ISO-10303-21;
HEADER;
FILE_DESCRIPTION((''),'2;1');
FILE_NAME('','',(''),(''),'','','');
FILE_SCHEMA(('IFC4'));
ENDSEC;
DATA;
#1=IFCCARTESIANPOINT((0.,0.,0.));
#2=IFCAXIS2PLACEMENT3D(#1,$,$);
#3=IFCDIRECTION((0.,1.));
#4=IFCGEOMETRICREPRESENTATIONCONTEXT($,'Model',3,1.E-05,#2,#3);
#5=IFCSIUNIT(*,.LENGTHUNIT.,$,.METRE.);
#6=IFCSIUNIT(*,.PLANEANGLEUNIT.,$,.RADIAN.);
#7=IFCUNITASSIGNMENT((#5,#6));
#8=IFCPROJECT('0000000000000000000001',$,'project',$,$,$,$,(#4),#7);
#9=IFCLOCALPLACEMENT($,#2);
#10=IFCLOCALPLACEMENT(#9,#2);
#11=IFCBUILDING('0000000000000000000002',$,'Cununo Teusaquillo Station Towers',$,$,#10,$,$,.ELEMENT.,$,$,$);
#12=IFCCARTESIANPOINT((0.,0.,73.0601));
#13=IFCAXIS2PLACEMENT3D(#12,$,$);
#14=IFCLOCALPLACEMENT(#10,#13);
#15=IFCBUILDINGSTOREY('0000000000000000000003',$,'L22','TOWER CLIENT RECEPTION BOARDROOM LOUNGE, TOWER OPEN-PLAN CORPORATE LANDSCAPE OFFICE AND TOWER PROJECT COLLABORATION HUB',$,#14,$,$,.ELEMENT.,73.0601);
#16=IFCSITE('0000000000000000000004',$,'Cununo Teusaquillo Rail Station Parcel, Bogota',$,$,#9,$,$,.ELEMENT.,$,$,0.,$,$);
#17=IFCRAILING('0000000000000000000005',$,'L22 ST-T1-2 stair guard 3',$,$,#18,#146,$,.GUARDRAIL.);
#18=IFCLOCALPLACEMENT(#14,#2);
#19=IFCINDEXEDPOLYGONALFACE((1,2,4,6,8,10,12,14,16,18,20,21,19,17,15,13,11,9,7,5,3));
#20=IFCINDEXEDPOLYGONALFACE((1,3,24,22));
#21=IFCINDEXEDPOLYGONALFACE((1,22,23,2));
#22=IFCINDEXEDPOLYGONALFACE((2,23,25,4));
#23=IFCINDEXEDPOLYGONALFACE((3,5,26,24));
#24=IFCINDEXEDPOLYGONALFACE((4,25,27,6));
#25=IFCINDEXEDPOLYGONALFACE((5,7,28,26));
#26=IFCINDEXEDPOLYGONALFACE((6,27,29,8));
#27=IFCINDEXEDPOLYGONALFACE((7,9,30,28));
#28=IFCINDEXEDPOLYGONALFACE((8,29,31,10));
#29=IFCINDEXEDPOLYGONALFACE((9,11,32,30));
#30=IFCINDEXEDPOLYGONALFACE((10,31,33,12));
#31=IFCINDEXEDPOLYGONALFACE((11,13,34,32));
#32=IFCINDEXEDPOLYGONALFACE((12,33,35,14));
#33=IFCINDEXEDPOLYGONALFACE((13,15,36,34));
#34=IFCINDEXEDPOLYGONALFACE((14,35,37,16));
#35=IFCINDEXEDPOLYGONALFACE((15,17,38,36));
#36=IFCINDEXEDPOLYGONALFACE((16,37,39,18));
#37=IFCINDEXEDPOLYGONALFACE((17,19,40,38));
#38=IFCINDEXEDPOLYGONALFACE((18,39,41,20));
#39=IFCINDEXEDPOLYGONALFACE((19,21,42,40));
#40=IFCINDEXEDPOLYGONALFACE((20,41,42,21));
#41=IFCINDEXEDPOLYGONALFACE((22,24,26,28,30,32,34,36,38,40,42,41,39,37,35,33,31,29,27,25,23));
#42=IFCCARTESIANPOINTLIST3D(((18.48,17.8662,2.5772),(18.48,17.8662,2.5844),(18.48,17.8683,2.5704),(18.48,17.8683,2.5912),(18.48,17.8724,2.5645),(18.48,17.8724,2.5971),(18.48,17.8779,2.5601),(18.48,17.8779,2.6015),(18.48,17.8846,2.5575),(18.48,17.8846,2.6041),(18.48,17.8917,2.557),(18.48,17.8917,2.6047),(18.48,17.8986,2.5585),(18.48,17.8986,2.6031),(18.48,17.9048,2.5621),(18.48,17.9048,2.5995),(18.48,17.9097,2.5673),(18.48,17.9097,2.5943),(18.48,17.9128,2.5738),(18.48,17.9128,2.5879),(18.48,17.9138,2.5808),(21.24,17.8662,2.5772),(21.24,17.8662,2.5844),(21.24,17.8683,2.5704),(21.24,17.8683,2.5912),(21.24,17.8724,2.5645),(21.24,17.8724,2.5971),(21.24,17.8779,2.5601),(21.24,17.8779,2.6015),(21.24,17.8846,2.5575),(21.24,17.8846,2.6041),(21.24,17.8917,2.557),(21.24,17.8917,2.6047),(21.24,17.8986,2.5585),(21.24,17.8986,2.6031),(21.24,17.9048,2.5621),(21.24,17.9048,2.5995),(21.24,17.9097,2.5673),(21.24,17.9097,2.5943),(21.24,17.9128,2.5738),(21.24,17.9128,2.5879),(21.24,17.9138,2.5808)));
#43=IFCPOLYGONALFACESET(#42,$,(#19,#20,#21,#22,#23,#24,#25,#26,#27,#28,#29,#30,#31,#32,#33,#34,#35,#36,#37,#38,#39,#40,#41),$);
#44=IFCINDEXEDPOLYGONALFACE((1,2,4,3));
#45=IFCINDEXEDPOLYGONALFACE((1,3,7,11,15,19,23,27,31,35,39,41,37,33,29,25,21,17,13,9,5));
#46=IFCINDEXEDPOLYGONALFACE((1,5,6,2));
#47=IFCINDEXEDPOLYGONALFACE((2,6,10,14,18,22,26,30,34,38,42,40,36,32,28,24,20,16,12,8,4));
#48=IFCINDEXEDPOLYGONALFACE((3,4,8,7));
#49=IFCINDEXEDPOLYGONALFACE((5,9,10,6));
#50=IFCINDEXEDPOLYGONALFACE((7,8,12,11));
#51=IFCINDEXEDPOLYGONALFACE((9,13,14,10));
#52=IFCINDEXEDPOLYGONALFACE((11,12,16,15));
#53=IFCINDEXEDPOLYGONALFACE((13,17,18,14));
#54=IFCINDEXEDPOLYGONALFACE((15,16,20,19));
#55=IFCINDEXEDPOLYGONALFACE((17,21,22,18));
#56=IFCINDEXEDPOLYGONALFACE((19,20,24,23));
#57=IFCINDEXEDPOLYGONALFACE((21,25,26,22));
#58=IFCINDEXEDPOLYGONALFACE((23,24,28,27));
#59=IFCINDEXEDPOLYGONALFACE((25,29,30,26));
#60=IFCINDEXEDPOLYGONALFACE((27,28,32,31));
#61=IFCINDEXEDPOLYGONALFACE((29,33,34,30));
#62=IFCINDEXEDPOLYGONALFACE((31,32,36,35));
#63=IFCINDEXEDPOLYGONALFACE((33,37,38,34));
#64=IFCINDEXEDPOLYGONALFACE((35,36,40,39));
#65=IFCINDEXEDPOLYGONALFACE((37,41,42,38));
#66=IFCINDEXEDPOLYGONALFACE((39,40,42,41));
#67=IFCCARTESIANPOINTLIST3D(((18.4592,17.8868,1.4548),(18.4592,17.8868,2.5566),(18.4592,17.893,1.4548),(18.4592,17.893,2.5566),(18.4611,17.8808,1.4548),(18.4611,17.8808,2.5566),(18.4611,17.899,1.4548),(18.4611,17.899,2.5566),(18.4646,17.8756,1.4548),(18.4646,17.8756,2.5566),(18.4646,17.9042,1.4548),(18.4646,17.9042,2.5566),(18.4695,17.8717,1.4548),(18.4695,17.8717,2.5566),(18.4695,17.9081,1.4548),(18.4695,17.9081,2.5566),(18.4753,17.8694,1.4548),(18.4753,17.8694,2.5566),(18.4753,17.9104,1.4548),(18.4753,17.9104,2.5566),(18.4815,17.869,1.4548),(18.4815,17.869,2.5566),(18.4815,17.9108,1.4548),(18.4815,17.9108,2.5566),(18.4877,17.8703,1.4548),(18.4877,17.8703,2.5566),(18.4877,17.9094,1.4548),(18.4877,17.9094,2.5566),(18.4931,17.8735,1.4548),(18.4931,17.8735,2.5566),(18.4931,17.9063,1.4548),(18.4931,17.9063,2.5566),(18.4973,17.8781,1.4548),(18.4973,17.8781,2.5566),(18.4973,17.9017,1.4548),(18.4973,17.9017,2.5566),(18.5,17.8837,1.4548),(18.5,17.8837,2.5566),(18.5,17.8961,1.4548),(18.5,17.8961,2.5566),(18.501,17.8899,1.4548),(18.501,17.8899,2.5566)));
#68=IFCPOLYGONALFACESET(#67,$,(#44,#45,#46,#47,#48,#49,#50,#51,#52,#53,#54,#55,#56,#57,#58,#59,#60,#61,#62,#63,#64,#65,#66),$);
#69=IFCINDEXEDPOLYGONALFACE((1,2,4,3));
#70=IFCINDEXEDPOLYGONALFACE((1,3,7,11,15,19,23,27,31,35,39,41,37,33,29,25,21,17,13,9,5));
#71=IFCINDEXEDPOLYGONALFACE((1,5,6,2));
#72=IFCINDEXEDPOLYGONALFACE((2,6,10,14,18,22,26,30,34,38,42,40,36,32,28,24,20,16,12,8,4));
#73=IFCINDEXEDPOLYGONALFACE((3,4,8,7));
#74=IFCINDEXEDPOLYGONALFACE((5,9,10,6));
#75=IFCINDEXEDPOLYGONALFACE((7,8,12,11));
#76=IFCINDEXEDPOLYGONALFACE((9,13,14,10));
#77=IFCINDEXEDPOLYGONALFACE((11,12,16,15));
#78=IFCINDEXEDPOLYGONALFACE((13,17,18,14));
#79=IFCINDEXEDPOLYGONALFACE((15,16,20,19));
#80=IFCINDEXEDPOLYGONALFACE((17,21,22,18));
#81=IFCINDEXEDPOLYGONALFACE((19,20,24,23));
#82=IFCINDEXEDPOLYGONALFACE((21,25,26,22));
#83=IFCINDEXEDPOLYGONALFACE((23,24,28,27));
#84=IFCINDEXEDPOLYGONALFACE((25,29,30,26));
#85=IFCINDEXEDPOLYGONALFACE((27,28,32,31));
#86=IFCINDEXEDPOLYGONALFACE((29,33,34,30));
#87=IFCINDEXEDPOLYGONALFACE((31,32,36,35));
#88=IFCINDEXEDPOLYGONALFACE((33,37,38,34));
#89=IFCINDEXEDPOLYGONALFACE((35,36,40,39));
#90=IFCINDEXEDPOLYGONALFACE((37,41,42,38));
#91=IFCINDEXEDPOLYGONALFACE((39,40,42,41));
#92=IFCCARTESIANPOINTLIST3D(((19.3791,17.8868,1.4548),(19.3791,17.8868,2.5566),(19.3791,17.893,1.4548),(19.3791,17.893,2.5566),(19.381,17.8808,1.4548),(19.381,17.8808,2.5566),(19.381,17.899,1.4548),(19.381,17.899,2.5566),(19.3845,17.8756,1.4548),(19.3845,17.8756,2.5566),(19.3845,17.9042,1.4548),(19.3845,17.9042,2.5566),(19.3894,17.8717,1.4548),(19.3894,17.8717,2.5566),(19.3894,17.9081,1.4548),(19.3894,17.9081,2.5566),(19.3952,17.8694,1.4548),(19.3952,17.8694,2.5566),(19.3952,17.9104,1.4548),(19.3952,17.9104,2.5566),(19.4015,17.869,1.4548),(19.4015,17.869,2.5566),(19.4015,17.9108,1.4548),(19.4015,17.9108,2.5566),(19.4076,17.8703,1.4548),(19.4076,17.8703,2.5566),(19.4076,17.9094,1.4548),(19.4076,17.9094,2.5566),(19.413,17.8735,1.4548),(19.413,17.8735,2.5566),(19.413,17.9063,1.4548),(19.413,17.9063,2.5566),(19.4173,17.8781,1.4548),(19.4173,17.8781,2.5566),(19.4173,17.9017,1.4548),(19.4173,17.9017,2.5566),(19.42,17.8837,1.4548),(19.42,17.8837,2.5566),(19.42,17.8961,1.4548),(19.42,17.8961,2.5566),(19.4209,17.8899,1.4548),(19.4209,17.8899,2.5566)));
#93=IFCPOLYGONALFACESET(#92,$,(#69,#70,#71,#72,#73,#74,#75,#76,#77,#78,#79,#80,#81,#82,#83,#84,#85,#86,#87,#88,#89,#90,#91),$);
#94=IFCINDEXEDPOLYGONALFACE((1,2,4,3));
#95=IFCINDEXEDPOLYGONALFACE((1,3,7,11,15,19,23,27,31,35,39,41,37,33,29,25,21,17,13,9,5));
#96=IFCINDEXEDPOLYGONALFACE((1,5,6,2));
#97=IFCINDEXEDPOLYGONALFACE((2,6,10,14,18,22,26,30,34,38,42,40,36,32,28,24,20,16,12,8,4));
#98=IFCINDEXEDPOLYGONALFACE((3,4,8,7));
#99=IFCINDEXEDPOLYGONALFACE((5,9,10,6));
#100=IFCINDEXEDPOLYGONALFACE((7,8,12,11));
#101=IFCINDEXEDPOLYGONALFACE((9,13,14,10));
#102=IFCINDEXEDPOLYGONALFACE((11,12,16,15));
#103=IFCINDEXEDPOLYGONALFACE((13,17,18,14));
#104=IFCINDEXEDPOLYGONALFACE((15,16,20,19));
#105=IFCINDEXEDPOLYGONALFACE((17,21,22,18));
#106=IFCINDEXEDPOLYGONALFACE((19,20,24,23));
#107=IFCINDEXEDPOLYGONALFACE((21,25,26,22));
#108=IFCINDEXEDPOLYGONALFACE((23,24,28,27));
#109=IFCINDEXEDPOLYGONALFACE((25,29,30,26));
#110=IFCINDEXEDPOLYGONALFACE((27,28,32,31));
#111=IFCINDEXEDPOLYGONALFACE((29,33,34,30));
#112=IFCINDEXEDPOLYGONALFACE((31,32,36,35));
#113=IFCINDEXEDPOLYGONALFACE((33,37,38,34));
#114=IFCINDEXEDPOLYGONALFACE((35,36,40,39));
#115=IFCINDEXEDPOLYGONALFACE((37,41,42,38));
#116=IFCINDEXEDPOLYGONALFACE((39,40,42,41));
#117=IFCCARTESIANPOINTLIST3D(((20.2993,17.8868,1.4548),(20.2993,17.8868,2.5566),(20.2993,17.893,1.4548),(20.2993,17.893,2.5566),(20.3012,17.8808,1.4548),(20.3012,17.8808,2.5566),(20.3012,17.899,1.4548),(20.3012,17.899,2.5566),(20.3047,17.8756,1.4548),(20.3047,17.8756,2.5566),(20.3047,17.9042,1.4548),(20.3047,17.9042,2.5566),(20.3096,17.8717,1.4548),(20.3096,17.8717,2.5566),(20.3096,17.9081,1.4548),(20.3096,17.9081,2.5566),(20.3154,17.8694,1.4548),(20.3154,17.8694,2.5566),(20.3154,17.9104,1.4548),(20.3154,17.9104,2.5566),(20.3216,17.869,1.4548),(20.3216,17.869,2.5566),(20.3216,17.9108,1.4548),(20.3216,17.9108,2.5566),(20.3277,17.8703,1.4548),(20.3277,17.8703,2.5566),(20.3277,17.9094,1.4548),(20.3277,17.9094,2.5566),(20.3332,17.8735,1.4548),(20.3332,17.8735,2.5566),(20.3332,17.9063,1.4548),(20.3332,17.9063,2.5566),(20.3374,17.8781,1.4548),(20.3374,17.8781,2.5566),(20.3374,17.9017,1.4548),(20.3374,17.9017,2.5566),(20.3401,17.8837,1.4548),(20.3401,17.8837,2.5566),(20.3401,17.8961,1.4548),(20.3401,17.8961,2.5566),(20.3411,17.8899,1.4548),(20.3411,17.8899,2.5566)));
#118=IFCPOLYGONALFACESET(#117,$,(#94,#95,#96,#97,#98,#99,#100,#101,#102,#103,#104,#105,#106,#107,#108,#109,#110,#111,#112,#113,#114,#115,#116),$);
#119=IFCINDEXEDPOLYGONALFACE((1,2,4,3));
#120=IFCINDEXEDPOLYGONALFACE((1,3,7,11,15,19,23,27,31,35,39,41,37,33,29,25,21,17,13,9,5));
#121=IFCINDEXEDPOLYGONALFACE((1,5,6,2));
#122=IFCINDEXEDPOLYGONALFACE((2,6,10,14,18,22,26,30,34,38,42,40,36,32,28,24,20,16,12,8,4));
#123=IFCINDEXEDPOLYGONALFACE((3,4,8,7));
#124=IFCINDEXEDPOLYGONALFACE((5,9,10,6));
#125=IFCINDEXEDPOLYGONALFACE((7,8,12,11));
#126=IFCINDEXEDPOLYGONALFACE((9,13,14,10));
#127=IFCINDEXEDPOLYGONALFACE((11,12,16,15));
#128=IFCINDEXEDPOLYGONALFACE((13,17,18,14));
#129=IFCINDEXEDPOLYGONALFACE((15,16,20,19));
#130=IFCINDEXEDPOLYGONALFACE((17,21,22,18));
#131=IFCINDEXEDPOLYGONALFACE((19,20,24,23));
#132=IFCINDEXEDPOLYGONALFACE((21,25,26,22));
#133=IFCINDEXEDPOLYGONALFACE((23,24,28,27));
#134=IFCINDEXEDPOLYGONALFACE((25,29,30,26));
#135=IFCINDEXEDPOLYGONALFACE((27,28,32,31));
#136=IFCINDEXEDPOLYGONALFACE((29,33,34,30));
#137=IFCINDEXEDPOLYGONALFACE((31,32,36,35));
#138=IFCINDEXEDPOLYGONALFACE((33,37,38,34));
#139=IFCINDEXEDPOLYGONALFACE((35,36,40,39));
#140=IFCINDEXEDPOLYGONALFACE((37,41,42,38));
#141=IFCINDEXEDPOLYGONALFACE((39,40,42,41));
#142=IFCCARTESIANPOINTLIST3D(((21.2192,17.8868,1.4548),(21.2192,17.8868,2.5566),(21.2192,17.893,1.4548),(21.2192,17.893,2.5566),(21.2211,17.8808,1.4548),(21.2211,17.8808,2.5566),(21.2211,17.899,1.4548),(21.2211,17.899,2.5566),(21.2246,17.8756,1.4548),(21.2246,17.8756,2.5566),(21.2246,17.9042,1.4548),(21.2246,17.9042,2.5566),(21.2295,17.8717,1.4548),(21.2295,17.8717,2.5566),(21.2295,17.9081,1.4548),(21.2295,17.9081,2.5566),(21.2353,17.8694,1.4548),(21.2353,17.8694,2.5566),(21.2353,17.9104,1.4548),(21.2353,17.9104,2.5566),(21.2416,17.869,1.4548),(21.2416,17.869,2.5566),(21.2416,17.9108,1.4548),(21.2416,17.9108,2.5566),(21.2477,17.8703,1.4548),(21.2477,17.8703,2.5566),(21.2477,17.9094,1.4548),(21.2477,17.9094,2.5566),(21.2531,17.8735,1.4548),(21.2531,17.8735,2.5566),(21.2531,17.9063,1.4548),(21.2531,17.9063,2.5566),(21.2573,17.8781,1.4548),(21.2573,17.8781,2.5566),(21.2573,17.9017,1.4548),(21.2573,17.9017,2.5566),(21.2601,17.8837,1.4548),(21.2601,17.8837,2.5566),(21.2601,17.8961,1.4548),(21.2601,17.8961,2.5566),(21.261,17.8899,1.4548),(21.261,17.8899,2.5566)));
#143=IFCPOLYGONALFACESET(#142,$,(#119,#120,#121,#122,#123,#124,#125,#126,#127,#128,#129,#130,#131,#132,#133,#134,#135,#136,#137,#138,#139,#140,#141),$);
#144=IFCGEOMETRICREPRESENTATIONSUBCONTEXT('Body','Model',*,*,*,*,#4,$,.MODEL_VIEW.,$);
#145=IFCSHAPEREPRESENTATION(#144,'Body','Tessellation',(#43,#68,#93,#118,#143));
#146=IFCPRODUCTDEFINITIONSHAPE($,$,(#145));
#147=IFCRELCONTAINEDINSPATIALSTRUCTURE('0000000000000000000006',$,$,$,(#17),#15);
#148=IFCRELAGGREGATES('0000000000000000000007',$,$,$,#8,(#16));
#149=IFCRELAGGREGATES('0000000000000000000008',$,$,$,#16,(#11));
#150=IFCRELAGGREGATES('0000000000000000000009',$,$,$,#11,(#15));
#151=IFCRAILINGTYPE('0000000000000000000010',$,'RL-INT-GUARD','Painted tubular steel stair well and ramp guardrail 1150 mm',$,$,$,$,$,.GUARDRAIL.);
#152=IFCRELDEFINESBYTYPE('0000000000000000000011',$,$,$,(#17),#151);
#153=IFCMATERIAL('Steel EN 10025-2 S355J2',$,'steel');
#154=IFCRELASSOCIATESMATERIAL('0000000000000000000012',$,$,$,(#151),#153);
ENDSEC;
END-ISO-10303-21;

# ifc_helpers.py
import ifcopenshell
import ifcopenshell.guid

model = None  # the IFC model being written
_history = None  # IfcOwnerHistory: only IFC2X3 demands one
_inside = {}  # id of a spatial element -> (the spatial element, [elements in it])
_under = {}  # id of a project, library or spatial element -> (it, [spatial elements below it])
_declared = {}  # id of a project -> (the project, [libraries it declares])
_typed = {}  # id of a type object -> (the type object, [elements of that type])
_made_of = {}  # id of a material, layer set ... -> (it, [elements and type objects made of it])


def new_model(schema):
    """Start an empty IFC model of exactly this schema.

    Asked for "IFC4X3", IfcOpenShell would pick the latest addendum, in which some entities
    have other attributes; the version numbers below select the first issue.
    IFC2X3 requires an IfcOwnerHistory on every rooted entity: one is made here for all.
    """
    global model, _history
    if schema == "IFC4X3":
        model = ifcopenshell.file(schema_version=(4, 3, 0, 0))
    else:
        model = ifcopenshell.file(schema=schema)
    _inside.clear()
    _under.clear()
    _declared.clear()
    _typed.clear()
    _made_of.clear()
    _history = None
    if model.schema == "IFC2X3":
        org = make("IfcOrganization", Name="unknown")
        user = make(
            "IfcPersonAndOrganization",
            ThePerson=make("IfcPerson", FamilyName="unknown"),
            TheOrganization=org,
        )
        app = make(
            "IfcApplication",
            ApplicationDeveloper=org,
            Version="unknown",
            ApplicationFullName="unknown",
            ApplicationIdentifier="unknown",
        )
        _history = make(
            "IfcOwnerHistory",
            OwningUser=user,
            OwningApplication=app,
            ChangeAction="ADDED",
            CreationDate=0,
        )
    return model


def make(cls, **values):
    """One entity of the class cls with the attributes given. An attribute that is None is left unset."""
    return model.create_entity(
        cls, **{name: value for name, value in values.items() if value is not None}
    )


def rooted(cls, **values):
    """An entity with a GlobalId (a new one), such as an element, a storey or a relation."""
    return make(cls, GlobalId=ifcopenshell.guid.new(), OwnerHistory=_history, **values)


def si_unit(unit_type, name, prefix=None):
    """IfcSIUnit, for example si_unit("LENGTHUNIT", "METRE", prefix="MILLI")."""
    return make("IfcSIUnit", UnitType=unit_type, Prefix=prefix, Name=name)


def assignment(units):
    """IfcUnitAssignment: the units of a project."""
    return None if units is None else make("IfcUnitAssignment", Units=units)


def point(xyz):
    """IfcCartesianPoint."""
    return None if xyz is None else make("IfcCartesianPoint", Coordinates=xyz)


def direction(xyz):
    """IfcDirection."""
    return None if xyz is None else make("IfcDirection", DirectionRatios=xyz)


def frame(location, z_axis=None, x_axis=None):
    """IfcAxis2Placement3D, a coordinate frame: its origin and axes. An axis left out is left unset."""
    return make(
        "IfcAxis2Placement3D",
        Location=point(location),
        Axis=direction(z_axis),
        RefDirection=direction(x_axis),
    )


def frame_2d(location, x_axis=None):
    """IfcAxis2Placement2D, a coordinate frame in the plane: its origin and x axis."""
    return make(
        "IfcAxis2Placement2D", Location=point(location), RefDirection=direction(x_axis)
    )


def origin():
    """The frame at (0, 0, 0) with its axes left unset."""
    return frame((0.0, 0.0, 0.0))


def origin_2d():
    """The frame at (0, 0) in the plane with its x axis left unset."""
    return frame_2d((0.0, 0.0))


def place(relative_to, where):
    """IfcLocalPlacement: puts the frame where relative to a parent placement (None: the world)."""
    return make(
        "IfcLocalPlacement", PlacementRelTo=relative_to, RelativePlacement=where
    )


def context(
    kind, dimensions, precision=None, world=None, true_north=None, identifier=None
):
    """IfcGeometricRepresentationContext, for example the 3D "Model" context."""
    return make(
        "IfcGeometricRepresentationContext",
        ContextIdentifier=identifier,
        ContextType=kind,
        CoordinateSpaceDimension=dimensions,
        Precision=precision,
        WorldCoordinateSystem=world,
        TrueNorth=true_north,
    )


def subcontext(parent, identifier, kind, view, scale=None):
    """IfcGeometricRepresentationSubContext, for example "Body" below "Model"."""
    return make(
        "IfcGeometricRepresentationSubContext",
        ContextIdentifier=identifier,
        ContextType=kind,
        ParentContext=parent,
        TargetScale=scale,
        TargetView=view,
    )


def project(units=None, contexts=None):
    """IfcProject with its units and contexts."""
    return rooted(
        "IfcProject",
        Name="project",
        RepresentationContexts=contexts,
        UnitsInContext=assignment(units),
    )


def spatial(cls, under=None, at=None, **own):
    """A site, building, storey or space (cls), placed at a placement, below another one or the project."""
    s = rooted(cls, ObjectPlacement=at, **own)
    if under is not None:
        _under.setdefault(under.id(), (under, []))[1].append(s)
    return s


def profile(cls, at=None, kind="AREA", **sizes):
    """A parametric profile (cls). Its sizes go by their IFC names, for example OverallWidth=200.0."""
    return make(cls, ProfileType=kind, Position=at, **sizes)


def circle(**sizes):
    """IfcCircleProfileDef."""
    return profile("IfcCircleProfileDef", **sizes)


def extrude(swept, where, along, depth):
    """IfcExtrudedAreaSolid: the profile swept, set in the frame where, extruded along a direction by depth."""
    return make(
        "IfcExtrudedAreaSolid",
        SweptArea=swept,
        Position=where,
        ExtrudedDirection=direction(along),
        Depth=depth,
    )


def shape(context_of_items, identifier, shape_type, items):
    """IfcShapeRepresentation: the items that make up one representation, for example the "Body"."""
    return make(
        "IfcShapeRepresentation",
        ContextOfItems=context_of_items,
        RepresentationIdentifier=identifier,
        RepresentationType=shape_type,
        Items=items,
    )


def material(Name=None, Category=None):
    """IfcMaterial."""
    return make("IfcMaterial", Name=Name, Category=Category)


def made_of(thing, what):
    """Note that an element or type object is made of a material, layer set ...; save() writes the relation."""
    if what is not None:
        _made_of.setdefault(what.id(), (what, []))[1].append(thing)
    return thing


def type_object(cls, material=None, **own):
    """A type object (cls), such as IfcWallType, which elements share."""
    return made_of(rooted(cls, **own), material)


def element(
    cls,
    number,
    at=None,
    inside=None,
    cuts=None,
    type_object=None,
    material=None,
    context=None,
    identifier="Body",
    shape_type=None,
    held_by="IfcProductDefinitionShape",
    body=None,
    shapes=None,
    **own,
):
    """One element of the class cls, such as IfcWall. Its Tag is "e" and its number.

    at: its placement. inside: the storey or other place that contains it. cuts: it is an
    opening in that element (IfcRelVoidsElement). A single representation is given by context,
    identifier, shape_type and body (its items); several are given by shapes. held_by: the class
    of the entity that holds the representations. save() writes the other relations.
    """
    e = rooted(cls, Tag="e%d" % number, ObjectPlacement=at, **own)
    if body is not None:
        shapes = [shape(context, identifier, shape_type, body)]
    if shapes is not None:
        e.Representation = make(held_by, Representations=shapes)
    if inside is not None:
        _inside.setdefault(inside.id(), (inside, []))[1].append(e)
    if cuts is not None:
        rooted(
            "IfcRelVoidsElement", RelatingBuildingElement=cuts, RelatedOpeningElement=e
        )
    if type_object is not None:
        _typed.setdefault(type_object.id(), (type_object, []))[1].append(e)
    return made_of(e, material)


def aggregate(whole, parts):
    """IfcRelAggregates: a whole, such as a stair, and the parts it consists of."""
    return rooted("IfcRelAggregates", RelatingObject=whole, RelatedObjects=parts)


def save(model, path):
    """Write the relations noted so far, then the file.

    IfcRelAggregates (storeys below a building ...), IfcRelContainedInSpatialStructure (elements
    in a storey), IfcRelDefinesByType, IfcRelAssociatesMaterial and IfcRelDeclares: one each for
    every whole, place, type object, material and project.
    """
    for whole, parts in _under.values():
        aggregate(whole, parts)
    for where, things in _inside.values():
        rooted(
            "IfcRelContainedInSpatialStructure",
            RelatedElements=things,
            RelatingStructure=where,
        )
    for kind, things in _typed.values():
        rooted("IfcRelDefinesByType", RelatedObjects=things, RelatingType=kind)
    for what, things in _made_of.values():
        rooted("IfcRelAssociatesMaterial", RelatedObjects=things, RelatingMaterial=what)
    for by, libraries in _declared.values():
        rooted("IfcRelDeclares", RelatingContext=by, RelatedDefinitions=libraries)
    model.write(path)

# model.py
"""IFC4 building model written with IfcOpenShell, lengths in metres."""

from ifc_helpers import new_model, si_unit, direction, frame, origin, origin_2d, place, context, subcontext, project, spatial, circle, extrude, material, type_object, element, save


model = new_model("IFC4")

# Units and contexts
model_context = context("Model", 3, precision=1e-05, world=origin(), true_north=direction((0.0, 1.0)))
body_context = subcontext(model_context, "Body", "Model", "MODEL_VIEW")
ifc_project = project(units=[si_unit("LENGTHUNIT", "METRE"), si_unit("PLANEANGLEUNIT", "RADIAN")], contexts=[model_context])

# Site, building, storey
site_placement = place(None, origin())
site = spatial("IfcSite", under=ifc_project, at=site_placement, Name="Cununo Teusaquillo Rail Station Parcel, Bogota", CompositionType="ELEMENT", RefElevation=0.0)
building_placement = place(site_placement, origin())
building = spatial("IfcBuilding", under=site, at=building_placement, Name="Cununo Teusaquillo Station Towers", CompositionType="ELEMENT")
storey_placement = place(building_placement, frame((0.0, 0.0, 73.0601)))
storey = spatial("IfcBuildingStorey", under=building, at=storey_placement, Name="L22", Description="TOWER CLIENT RECEPTION BOARDROOM LOUNGE, TOWER OPEN-PLAN CORPORATE LANDSCAPE OFFICE AND TOWER PROJECT COLLABORATION HUB", CompositionType="ELEMENT", Elevation=73.0601)

# Railing
ifc_material_1 = material(Name="Steel EN 10025-2 S355J2", Category="steel")
railing_type_1 = type_object("IfcRailingType", Name="RL-INT-GUARD", Description="Painted tubular steel stair well and ramp guardrail 1150 mm", PredefinedType="GUARDRAIL", material=ifc_material_1)
railing_1_placement = place(storey_placement, frame((18.48, 17.8899, 1.4548)))
element("IfcRailing", 1, at=railing_1_placement, inside=storey, type_object=railing_type_1, Name="L22 ST-T1-2 stair guard 3", PredefinedType="GUARDRAIL", context=body_context, shape_type="SweptSolid", body=[
    extrude(circle(Radius=0.0239, at=origin_2d()), frame((0.0, 0.0, 1.126), z_axis=(1.0, 0.0, 0.0), x_axis=(0.0, 1.0, 0.0)), (0.0, 0.0, 1.0), 2.76),
    extrude(circle(Radius=0.021, at=origin_2d()), origin(), (0.0, 0.0, 1.0), 1.1018),
    extrude(circle(Radius=0.021, at=origin_2d()), frame((0.9199, 0.0, 0.0)), (0.0, 0.0, 1.0), 1.1018),
    extrude(circle(Radius=0.021, at=origin_2d()), frame((1.8401, 0.0, 0.0)), (0.0, 0.0, 1.0), 1.1018),
    extrude(circle(Radius=0.021, at=origin_2d()), frame((2.76, 0.0, 0.0)), (0.0, 0.0, 1.0), 1.1018),
])

save(model, "model.ifc")
